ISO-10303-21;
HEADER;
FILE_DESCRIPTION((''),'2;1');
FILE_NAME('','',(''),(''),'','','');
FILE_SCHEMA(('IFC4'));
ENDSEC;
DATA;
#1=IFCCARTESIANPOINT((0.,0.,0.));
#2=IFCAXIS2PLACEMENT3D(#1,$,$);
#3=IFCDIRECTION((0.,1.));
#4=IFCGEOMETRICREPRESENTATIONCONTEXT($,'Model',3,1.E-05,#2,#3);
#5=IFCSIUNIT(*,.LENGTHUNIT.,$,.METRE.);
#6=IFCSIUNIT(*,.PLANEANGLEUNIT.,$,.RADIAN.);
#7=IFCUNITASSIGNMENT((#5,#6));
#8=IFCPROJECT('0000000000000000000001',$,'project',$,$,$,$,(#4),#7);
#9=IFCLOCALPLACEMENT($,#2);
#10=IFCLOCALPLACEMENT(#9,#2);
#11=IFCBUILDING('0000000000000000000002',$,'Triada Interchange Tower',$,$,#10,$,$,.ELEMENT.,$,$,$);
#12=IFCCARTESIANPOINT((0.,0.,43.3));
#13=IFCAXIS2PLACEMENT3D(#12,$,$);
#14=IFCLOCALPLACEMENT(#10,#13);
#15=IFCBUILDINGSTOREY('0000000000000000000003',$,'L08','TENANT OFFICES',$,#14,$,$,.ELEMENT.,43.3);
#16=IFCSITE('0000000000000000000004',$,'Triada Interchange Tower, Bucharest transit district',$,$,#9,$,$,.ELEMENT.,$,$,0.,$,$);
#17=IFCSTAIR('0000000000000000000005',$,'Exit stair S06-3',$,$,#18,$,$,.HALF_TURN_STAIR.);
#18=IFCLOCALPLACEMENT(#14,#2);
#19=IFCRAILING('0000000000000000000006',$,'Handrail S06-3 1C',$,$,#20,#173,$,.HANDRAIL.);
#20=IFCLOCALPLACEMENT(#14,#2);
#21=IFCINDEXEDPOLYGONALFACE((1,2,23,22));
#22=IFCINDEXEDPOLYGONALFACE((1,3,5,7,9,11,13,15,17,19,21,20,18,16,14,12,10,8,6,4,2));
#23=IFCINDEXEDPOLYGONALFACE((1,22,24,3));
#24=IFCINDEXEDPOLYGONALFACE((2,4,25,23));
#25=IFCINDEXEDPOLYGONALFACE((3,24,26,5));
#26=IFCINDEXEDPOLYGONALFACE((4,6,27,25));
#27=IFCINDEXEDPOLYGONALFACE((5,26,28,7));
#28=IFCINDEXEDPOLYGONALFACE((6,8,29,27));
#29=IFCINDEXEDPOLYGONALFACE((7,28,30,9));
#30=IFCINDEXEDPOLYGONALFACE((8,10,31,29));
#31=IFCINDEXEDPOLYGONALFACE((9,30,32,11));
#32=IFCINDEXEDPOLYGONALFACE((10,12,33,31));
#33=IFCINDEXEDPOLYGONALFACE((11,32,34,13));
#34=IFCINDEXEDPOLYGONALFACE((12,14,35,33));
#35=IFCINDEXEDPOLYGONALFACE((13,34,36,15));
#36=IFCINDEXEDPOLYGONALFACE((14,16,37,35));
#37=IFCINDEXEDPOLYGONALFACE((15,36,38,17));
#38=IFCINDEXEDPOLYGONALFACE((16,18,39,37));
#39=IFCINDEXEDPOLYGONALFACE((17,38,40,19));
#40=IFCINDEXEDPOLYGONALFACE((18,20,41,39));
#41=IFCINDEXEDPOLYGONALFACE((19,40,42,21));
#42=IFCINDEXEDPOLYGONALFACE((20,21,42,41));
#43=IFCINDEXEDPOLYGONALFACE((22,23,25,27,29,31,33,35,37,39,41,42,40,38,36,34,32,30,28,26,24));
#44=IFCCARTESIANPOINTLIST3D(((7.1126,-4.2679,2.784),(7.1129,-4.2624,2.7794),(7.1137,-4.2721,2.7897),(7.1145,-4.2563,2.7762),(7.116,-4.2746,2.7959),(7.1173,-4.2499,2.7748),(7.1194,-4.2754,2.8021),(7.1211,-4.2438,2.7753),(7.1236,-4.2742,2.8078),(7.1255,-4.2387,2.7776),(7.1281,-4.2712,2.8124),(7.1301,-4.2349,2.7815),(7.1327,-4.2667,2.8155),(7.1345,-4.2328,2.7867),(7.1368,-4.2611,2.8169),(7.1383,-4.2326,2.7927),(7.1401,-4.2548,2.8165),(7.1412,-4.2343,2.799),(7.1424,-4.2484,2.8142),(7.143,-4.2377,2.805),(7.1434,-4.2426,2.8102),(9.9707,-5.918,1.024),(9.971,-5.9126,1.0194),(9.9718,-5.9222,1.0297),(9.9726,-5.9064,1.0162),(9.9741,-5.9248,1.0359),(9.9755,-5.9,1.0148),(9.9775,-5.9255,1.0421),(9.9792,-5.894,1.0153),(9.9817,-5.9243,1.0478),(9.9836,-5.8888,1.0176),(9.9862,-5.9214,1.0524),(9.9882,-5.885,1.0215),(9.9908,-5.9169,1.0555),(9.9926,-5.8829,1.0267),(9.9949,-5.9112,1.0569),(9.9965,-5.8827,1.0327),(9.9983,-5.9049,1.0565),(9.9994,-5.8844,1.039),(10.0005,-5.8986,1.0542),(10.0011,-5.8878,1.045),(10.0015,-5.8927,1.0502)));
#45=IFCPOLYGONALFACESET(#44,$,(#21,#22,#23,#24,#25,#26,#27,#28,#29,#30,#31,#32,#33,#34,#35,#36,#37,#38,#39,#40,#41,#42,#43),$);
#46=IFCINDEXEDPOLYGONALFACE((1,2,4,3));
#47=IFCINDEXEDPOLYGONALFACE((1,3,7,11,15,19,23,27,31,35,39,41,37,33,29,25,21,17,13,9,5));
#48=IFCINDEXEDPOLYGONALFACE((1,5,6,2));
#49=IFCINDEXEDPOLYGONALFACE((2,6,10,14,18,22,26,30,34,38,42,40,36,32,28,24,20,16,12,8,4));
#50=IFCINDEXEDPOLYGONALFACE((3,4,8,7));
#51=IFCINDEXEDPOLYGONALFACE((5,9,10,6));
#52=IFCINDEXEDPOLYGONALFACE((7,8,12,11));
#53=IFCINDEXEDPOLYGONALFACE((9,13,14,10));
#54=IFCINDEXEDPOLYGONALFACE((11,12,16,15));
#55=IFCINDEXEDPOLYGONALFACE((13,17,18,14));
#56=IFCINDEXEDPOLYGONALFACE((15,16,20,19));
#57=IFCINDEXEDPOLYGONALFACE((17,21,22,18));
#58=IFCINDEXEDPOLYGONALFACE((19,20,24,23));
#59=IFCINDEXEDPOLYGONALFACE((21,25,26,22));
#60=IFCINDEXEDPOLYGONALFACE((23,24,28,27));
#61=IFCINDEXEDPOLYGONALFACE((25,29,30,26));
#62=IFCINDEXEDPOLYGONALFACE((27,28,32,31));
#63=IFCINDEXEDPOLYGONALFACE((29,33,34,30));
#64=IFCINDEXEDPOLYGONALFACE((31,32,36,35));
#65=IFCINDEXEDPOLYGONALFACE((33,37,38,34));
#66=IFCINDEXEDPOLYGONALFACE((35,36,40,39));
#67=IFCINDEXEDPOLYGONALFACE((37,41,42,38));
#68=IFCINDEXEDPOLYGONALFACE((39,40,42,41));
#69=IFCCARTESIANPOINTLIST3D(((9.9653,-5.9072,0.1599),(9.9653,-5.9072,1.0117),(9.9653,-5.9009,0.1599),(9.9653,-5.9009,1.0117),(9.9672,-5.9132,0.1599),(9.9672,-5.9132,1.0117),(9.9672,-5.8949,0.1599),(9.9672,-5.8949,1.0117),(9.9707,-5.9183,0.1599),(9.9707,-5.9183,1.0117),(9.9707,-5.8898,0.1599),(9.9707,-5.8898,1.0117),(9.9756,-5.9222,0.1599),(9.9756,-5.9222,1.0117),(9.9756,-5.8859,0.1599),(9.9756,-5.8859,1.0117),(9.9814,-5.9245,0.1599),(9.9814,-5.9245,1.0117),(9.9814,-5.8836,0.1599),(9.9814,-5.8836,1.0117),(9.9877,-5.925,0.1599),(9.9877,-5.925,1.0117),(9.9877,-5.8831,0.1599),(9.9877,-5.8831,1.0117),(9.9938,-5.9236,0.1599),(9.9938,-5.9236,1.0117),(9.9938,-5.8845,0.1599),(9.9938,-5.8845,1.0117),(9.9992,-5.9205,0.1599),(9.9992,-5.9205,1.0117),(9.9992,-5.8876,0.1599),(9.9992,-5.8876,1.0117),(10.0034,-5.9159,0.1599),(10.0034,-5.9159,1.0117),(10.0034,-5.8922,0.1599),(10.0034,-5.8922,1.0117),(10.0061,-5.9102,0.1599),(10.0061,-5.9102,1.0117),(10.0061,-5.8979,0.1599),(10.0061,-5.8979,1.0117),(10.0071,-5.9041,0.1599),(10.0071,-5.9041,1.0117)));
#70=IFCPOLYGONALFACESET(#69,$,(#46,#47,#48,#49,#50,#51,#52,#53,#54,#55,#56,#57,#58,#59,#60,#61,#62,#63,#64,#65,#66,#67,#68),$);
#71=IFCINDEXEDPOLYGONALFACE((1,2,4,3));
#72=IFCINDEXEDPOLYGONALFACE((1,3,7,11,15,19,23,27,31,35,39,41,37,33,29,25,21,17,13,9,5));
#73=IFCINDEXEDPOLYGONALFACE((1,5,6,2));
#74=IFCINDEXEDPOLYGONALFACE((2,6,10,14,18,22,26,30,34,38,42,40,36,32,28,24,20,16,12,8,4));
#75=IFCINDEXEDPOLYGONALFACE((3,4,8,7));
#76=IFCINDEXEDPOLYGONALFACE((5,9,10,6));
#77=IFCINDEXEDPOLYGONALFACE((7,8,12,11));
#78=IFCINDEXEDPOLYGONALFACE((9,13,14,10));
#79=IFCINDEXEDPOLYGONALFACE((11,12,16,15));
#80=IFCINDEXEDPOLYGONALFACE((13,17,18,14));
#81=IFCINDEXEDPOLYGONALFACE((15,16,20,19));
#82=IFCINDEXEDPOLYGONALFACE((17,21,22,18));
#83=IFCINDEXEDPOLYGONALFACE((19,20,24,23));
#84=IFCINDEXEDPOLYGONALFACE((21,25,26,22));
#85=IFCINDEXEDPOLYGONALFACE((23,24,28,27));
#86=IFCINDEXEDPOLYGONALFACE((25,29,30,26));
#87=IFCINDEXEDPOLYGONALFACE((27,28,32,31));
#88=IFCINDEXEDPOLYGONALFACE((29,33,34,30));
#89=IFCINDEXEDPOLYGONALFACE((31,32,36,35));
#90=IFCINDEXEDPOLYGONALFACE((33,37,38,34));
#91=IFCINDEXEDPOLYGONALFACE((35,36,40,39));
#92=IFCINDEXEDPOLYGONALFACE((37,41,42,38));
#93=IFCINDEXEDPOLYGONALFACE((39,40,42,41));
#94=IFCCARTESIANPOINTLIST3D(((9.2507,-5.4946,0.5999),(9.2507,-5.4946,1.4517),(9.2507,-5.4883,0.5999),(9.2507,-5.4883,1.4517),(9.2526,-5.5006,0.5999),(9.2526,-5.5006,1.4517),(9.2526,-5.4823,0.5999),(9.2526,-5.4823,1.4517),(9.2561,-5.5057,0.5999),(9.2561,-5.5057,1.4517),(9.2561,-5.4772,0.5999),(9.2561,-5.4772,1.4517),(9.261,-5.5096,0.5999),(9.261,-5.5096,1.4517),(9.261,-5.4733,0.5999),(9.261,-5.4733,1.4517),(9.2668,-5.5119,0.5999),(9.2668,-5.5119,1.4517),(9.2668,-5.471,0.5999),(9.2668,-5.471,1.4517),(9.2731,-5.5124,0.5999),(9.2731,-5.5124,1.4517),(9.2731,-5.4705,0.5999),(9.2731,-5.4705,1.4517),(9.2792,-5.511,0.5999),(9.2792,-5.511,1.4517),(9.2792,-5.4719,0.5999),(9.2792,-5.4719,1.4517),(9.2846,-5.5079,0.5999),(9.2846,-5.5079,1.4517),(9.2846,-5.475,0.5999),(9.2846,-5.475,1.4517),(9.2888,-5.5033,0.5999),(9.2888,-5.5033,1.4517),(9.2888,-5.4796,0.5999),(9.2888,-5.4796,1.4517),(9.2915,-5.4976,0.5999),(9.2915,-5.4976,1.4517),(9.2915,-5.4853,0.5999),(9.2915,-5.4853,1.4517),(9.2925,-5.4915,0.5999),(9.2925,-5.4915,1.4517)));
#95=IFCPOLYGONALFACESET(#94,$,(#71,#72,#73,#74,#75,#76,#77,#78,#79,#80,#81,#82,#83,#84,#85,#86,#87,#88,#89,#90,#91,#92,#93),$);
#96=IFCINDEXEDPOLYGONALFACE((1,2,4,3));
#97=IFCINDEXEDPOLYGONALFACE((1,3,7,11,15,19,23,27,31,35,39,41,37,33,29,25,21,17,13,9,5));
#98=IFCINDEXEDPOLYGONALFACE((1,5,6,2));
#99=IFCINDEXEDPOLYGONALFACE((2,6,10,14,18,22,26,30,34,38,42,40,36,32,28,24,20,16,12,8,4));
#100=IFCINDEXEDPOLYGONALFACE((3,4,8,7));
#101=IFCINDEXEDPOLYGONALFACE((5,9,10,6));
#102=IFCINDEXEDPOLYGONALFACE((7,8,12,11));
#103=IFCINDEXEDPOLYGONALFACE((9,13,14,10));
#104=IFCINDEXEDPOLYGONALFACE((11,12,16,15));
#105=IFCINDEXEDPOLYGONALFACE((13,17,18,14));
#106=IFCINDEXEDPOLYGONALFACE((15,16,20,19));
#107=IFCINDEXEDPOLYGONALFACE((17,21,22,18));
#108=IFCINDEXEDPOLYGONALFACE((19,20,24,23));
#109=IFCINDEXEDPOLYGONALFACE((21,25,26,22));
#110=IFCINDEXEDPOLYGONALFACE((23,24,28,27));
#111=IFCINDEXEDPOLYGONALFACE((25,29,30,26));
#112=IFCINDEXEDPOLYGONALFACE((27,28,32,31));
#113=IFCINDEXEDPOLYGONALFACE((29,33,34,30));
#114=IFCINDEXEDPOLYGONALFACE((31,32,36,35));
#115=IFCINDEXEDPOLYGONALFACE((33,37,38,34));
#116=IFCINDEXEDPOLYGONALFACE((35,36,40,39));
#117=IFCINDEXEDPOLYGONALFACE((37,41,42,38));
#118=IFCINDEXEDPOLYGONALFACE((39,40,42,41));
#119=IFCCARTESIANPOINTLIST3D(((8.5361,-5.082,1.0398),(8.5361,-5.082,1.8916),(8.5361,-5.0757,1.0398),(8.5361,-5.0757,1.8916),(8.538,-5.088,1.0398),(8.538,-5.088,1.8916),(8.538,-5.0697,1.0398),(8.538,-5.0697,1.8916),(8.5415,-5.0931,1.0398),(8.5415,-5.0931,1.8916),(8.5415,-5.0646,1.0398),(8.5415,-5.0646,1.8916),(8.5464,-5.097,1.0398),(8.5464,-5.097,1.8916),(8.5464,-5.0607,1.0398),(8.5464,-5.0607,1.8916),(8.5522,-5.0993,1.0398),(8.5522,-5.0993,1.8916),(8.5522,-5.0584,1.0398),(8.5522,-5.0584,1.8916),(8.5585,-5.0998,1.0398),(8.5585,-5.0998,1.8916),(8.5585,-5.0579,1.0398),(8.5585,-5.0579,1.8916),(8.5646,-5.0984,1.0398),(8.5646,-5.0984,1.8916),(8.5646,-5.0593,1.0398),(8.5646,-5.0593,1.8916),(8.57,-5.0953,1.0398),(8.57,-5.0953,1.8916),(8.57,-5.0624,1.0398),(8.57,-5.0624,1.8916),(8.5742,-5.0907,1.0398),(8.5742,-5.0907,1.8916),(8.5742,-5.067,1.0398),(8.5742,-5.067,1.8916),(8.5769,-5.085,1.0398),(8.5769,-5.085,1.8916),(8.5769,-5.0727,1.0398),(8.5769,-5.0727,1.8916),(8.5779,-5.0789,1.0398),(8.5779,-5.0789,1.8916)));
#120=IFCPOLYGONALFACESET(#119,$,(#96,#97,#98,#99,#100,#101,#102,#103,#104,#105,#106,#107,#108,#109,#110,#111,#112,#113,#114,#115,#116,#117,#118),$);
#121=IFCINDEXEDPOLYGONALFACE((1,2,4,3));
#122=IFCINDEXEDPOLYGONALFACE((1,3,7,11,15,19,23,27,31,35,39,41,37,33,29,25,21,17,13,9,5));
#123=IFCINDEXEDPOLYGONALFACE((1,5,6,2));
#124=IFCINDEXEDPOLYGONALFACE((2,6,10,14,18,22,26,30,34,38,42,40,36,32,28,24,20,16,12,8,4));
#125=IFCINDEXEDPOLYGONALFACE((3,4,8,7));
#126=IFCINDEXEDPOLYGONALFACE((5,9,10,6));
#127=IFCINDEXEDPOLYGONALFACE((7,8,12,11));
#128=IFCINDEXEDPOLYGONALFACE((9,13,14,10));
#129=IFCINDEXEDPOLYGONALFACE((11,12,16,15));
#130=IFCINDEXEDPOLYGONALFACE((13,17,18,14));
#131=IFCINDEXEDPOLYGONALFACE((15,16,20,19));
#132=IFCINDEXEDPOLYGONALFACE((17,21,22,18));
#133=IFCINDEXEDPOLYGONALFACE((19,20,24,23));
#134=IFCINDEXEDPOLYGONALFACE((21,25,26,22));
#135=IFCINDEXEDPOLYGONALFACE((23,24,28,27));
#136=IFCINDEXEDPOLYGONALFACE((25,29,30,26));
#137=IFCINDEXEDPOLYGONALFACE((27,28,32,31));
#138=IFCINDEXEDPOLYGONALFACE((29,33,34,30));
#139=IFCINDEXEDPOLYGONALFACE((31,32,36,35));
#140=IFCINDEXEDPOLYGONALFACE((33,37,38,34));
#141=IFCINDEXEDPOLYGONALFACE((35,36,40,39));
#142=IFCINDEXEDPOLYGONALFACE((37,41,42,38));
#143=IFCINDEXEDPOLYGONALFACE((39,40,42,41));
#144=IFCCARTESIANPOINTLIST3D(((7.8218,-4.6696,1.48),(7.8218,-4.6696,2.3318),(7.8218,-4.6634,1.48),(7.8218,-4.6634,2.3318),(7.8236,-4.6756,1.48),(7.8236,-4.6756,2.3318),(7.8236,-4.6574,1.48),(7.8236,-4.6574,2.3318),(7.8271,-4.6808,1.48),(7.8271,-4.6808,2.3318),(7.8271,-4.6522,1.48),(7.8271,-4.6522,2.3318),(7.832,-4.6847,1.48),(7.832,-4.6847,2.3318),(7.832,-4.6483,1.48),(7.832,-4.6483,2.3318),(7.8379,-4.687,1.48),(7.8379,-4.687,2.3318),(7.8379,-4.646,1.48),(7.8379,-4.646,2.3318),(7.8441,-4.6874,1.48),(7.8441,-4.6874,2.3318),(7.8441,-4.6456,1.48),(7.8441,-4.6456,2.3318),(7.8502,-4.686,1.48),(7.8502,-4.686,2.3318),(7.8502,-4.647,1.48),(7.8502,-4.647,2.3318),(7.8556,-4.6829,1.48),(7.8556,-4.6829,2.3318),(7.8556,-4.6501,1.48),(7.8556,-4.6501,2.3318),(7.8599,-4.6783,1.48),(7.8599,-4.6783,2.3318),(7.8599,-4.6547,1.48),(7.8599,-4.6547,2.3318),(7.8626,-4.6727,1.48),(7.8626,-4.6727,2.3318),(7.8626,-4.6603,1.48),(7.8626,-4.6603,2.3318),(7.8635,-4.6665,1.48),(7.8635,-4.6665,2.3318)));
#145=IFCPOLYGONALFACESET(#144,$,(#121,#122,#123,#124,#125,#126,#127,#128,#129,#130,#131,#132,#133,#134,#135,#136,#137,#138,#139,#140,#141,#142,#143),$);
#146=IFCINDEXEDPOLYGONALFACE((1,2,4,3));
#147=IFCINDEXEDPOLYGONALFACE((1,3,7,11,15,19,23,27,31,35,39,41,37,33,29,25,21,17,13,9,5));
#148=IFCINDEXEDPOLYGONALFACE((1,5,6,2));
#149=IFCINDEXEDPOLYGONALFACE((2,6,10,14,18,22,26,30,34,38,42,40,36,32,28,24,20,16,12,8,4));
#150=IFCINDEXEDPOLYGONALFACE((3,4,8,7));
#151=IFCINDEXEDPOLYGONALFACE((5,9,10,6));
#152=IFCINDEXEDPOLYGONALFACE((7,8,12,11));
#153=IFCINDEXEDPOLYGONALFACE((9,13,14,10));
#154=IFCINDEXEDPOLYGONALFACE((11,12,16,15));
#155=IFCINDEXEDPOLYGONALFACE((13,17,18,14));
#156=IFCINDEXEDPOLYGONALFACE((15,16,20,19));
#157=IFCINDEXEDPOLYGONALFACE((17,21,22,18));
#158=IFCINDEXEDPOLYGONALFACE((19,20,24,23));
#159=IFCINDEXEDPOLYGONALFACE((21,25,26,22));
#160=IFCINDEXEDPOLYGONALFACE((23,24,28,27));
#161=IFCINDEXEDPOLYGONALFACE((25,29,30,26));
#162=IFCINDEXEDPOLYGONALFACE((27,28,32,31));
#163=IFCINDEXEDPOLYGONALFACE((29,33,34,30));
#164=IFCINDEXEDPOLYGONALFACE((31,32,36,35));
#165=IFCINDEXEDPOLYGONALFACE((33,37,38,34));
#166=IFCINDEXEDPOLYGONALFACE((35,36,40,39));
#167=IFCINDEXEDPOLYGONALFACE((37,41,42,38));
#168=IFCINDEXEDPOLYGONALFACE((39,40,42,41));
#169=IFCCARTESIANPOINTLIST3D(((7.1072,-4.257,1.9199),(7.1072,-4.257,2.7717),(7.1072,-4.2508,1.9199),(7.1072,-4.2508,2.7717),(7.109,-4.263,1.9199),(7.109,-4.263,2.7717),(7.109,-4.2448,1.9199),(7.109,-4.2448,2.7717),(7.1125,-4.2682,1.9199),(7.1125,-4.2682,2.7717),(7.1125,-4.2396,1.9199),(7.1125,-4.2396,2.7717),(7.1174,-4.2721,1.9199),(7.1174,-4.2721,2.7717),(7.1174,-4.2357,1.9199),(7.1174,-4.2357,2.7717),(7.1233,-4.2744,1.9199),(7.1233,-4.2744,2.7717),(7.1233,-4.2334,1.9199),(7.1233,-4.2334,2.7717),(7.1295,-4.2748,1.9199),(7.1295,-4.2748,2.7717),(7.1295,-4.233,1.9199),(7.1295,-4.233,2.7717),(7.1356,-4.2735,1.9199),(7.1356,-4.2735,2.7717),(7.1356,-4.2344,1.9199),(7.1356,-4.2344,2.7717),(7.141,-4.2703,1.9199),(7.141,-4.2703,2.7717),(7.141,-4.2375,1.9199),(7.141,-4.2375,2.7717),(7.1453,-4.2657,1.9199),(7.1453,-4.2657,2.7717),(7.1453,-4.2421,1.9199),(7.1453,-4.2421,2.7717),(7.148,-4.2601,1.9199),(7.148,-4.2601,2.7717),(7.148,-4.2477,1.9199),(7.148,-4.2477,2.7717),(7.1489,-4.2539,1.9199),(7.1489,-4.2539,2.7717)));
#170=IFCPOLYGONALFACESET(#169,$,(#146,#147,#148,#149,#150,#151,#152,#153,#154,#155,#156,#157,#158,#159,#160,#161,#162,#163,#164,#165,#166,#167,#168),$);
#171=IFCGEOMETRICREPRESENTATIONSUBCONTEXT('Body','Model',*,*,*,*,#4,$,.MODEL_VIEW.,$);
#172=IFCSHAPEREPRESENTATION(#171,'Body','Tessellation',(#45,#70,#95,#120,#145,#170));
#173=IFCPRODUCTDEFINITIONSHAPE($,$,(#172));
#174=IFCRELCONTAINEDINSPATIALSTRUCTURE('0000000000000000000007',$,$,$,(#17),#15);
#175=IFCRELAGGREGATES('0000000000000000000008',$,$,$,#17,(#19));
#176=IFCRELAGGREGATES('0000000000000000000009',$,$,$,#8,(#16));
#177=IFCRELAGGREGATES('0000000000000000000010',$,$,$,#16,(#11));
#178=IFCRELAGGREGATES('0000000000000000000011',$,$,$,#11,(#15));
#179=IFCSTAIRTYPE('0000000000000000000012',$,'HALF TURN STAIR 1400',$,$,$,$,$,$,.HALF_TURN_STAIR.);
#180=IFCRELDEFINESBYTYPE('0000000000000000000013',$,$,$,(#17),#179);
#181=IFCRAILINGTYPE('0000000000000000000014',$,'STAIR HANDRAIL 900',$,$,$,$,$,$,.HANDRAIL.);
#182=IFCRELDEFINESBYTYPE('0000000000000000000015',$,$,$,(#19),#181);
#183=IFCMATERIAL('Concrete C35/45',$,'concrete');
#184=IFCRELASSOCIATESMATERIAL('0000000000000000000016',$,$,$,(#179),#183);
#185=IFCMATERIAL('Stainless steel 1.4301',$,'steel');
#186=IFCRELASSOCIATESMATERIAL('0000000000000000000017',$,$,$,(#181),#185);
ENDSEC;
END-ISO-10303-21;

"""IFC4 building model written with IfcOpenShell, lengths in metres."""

from ifc_helpers import new_model, si_unit, direction, frame, origin, origin_2d, place, context, subcontext, project, spatial, circle, extrude, material, type_object, element, aggregate, save


model = new_model("IFC4")

# Units and contexts
model_context = context("Model", 3, precision=1e-05, world=origin(), true_north=direction((0.0, 1.0)))
body_context = subcontext(model_context, "Body", "Model", "MODEL_VIEW")
ifc_project = project(units=[si_unit("LENGTHUNIT", "METRE"), si_unit("PLANEANGLEUNIT", "RADIAN")], contexts=[model_context])

# Site, building, storey
site_placement = place(None, origin())
site = spatial("IfcSite", under=ifc_project, at=site_placement, Name="Triada Interchange Tower, Bucharest transit district", CompositionType="ELEMENT", RefElevation=0.0)
building_placement = place(site_placement, origin())
building = spatial("IfcBuilding", under=site, at=building_placement, Name="Triada Interchange Tower", CompositionType="ELEMENT")
storey_placement = place(building_placement, frame((0.0, 0.0, 43.3)))
storey = spatial("IfcBuildingStorey", under=building, at=storey_placement, Name="L08", Description="TENANT OFFICES", CompositionType="ELEMENT", Elevation=43.3)

# Stair, railing
ifc_material_1 = material(Name="Concrete C35/45", Category="concrete")
stair_type = type_object("IfcStairType", Name="HALF TURN STAIR 1400", PredefinedType="HALF_TURN_STAIR", material=ifc_material_1)
stair_placement = place(storey_placement, origin())
stair = element("IfcStair", 1, at=stair_placement, inside=storey, type_object=stair_type, Name="Exit stair S06-3", PredefinedType="HALF_TURN_STAIR")
ifc_material_2 = material(Name="Stainless steel 1.4301", Category="steel")
railing_type = type_object("IfcRailingType", Name="STAIR HANDRAIL 900", PredefinedType="HANDRAIL", material=ifc_material_2)
railing_1_placement = place(storey_placement, frame((9.9861, -5.9041, 0.1599)))
railing_1 = element("IfcRailing", 2, at=railing_1_placement, type_object=railing_type, Name="Handrail S06-3 1C", PredefinedType="HANDRAIL", context=body_context, shape_type="SweptSolid", body=[
    extrude(circle(Radius=0.0239, at=origin_2d()), frame((0.0, 0.0, 0.876), z_axis=(-0.764156, 0.441183, 0.470556), x_axis=(-0.499998, -0.866027, 0.0)), (0.0, 0.0, 1.0), 3.7402),
    extrude(circle(Radius=0.021, at=origin_2d()), origin(), (0.0, 0.0, 1.0), 0.8518),
    extrude(circle(Radius=0.021, at=origin_2d()), frame((-0.7146, 0.4126, 0.4399)), (0.0, 0.0, 1.0), 0.8518),
    extrude(circle(Radius=0.021, at=origin_2d()), frame((-1.4292, 0.8252, 0.8799)), (0.0, 0.0, 1.0), 0.8518),
    extrude(circle(Radius=0.021, at=origin_2d()), frame((-2.1436, 1.2375, 1.3201)), (0.0, 0.0, 1.0), 0.8518),
    extrude(circle(Radius=0.021, at=origin_2d()), frame((-2.8582, 1.6501, 1.76)), (0.0, 0.0, 1.0), 0.8518),
])
aggregate(stair, [railing_1])

save(model, "model.ifc")
